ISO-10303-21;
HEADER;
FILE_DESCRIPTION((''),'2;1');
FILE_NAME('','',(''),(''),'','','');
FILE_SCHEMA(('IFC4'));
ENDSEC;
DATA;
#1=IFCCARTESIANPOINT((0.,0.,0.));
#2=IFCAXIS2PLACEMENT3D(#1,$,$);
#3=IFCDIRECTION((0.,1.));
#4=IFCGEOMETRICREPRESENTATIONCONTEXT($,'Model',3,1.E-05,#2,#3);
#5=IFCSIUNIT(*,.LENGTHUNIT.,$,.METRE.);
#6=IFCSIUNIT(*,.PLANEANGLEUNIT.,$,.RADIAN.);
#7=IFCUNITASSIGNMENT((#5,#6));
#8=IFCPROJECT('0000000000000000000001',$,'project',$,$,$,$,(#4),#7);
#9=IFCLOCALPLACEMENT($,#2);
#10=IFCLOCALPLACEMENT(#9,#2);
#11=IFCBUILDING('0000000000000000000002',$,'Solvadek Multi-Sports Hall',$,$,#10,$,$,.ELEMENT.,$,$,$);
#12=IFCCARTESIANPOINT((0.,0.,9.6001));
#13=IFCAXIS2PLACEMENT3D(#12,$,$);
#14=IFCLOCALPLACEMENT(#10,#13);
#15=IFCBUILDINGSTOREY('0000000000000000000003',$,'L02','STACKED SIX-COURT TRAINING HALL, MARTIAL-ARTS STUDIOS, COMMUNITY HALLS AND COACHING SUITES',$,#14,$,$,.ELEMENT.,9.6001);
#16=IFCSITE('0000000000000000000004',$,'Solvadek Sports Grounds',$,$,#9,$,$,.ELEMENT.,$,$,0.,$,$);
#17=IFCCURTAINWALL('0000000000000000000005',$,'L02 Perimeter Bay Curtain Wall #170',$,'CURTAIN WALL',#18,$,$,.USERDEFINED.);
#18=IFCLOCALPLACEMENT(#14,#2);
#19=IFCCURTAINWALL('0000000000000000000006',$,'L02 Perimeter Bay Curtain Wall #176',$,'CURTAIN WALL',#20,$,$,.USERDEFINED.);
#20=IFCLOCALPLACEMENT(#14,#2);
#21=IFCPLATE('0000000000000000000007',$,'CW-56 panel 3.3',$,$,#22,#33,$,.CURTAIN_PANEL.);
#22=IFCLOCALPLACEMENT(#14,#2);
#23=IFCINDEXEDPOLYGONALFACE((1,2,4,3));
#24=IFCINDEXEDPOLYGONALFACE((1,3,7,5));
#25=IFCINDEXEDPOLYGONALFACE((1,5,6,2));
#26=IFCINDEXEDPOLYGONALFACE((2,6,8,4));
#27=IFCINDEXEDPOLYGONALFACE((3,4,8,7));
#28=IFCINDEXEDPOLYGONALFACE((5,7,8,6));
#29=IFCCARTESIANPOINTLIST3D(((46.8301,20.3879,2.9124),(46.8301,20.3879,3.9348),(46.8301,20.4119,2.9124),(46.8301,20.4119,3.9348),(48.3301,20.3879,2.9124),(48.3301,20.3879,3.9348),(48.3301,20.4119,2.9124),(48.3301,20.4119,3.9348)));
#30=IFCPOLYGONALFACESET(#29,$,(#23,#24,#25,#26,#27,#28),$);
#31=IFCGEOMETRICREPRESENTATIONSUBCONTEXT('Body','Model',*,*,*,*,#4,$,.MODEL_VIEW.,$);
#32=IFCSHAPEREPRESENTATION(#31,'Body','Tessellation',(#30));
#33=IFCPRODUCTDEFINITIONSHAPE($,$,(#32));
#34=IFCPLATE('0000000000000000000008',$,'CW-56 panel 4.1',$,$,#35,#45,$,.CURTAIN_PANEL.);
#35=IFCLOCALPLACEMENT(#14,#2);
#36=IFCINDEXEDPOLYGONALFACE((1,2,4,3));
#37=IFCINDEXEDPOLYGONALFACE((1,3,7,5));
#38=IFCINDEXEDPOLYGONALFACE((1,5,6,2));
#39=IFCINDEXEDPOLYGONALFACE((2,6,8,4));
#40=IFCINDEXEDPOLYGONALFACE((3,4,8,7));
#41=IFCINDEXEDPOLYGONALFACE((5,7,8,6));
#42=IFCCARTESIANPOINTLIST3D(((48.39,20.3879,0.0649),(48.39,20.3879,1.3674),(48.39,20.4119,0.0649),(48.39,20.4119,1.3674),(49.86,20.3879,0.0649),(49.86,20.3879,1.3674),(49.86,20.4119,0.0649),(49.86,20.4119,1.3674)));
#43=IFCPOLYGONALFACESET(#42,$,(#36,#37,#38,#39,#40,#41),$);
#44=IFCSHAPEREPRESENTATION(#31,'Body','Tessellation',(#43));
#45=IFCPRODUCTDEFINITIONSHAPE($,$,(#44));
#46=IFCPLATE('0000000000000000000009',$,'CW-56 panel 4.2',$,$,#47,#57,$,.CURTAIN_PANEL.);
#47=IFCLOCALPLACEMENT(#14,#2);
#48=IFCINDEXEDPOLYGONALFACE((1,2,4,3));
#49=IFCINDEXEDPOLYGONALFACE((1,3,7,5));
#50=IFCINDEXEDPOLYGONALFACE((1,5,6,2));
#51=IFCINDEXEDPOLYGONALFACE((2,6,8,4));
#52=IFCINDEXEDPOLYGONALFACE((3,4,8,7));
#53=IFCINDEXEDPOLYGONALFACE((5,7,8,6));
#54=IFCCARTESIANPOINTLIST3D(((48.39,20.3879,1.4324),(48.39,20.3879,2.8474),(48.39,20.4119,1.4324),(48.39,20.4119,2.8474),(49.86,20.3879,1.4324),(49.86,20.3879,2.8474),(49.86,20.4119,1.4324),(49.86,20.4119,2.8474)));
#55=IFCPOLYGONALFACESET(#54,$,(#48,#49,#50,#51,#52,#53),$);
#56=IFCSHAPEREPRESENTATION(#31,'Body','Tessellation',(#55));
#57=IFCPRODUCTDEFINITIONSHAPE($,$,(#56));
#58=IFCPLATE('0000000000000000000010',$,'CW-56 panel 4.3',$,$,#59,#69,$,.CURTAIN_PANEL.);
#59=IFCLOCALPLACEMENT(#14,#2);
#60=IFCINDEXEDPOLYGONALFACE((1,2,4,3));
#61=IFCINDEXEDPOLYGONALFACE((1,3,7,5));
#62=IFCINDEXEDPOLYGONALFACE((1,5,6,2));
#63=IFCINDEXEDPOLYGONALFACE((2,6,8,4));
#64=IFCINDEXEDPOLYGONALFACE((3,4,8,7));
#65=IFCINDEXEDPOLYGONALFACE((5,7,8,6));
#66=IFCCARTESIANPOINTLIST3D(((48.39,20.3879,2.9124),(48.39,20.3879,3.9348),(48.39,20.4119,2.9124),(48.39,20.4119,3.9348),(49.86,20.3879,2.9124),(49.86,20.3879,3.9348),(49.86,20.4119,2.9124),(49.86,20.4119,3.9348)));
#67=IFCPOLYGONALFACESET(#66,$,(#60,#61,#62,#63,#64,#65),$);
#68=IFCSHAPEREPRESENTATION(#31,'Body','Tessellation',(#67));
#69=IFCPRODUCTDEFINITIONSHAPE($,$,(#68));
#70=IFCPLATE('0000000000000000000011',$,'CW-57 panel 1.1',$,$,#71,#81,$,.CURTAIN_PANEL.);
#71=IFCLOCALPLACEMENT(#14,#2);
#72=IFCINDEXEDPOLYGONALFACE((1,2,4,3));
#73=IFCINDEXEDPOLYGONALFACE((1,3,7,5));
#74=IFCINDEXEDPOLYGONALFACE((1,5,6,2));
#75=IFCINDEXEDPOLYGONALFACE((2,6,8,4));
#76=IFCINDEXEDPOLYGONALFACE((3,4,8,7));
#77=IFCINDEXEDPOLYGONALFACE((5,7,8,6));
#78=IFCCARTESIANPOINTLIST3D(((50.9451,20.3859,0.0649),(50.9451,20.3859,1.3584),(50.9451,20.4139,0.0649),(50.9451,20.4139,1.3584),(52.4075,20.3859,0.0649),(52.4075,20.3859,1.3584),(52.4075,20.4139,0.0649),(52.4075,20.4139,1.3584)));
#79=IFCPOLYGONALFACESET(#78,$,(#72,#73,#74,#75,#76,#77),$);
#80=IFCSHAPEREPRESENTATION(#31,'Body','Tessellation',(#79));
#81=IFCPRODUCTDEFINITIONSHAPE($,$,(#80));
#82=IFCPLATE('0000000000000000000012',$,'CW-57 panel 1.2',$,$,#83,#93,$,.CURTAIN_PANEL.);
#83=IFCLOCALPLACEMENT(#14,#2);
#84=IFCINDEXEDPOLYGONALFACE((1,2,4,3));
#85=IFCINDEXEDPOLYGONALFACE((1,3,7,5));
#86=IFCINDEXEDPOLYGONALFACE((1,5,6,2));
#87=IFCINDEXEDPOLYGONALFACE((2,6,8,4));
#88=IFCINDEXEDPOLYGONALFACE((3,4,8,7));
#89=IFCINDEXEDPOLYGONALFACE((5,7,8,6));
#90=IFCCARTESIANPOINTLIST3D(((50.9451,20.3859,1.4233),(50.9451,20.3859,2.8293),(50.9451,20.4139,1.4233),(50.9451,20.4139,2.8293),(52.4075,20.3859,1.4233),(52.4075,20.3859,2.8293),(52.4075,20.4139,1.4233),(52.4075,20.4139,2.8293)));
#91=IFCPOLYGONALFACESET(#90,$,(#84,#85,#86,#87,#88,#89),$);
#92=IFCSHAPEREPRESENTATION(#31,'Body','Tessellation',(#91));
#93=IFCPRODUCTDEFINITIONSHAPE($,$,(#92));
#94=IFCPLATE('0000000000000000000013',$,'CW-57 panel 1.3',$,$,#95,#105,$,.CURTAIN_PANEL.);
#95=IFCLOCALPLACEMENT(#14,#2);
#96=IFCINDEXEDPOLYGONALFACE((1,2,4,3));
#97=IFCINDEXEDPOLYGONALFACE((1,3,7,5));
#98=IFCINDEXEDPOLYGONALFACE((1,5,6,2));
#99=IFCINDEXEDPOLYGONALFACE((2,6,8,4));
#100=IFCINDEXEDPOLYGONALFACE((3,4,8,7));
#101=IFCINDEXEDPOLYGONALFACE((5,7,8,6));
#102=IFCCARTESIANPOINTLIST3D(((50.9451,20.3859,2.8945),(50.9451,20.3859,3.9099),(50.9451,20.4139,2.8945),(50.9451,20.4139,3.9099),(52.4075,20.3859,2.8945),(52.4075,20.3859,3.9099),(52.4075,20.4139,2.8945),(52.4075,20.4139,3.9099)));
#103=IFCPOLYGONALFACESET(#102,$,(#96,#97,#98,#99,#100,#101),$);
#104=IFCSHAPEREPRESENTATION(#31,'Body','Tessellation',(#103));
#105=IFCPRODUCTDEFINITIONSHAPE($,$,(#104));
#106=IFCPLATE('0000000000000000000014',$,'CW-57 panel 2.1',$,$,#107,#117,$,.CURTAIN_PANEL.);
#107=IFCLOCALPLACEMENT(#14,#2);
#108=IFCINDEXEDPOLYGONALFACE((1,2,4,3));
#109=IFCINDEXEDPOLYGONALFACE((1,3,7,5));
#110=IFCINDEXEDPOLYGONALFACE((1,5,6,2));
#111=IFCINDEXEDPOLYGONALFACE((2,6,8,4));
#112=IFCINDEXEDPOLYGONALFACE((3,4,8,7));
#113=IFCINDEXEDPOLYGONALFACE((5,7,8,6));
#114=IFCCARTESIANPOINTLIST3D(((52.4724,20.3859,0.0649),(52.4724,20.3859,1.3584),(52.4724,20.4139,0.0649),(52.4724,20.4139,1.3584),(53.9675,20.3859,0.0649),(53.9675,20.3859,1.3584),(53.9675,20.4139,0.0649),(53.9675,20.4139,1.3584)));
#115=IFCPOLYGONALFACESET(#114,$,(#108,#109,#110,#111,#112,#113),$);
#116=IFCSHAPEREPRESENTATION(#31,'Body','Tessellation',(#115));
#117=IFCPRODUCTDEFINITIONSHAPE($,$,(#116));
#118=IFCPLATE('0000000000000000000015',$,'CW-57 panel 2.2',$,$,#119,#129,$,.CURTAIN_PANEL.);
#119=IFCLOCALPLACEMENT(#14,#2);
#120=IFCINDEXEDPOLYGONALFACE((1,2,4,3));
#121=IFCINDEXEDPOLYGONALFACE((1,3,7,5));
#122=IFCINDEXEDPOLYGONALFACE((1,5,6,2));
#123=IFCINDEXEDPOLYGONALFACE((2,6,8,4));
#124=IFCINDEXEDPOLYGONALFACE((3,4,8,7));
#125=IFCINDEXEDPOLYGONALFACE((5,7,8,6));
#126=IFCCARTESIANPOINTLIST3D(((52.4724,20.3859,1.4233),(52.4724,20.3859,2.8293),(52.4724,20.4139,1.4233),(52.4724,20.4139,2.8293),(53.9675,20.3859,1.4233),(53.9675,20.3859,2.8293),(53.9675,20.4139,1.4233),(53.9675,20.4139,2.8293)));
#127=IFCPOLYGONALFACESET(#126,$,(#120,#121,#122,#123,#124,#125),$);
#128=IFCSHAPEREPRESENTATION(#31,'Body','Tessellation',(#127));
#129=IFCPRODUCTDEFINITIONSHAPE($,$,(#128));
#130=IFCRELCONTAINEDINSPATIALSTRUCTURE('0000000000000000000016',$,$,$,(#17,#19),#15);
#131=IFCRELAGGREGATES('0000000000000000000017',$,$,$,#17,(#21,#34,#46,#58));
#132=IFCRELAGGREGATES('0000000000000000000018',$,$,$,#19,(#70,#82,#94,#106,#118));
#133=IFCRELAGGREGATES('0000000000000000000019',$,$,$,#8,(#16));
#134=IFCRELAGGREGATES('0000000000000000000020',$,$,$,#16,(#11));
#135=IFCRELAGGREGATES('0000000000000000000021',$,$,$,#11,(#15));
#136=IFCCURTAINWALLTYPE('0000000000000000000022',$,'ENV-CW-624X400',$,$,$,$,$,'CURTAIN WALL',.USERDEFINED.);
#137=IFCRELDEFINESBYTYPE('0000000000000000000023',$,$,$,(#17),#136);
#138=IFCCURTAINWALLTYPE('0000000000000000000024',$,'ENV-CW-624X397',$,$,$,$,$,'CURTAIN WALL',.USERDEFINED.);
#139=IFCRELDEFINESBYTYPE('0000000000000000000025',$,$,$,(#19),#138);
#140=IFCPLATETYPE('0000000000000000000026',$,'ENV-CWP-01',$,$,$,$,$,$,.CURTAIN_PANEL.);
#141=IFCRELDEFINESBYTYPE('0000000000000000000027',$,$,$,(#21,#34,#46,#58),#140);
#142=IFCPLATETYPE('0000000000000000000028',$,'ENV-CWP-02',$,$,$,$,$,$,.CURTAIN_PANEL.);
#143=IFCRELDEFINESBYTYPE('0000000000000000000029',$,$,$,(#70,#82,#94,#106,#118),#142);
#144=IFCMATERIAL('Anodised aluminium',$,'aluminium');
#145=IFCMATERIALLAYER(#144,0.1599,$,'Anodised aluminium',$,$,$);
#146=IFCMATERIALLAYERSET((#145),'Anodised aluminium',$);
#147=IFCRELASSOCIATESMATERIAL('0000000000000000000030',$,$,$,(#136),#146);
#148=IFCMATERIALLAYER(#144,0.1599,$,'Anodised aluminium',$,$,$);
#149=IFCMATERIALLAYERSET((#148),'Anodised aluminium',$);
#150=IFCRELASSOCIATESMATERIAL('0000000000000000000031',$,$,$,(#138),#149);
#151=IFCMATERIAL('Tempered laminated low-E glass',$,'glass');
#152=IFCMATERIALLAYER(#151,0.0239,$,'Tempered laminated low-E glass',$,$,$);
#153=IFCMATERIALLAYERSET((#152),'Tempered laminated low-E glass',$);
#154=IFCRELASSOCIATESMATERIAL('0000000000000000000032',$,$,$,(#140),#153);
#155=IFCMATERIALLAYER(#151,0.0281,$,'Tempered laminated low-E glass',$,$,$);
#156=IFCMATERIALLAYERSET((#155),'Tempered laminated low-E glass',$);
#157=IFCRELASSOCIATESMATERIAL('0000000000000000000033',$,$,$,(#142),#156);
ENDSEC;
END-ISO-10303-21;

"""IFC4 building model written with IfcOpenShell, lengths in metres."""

from ifc_helpers import new_model, si_unit, direction, frame, origin, origin_2d, place, context, subcontext, project, spatial, rectangle, extrude, material, layer, layer_set, type_object, element, aggregate, save


model = new_model("IFC4")

# Units and contexts
model_context = context("Model", 3, precision=1e-05, world=origin(), true_north=direction((0.0, 1.0)))
body_context = subcontext(model_context, "Body", "Model", "MODEL_VIEW")
ifc_project = project(units=[si_unit("LENGTHUNIT", "METRE"), si_unit("PLANEANGLEUNIT", "RADIAN")], contexts=[model_context])

# Site, building, storey
site_placement = place(None, origin())
site = spatial("IfcSite", under=ifc_project, at=site_placement, Name="Solvadek Sports Grounds", CompositionType="ELEMENT", RefElevation=0.0)
building_placement = place(site_placement, origin())
building = spatial("IfcBuilding", under=site, at=building_placement, Name="Solvadek Multi-Sports Hall", CompositionType="ELEMENT")
storey_placement = place(building_placement, frame((0.0, 0.0, 9.6001)))
storey = spatial("IfcBuildingStorey", under=building, at=storey_placement, Name="L02", Description="STACKED SIX-COURT TRAINING HALL, MARTIAL-ARTS STUDIOS, COMMUNITY HALLS AND COACHING SUITES", CompositionType="ELEMENT", Elevation=9.6001)

# Curtain walls
ifc_material_1 = material(Name="Anodised aluminium", Category="aluminium")
ifc_layer_1 = layer(ifc_material_1, 0.1599, Name="Anodised aluminium")
ifc_layer_set_1 = layer_set([ifc_layer_1], Name="Anodised aluminium")
curtain_wall_type_1 = type_object("IfcCurtainWallType", Name="ENV-CW-624X400", ElementType="CURTAIN WALL", PredefinedType="USERDEFINED", material=ifc_layer_set_1)
curtain_wall_1_placement = place(storey_placement, origin())
curtain_wall_1 = element("IfcCurtainWall", 1, at=curtain_wall_1_placement, inside=storey, type_object=curtain_wall_type_1, Name="L02 Perimeter Bay Curtain Wall #170", ObjectType="CURTAIN WALL", PredefinedType="USERDEFINED")
ifc_layer_2 = layer(ifc_material_1, 0.1599, Name="Anodised aluminium")
ifc_layer_set_2 = layer_set([ifc_layer_2], Name="Anodised aluminium")
curtain_wall_type_2 = type_object("IfcCurtainWallType", Name="ENV-CW-624X397", ElementType="CURTAIN WALL", PredefinedType="USERDEFINED", material=ifc_layer_set_2)
curtain_wall_2_placement = place(storey_placement, origin())
curtain_wall_2 = element("IfcCurtainWall", 2, at=curtain_wall_2_placement, inside=storey, type_object=curtain_wall_type_2, Name="L02 Perimeter Bay Curtain Wall #176", ObjectType="CURTAIN WALL", PredefinedType="USERDEFINED")

# Plates
ifc_material_2 = material(Name="Tempered laminated low-E glass", Category="glass")
ifc_layer_3 = layer(ifc_material_2, 0.0239, Name="Tempered laminated low-E glass")
ifc_layer_set_3 = layer_set([ifc_layer_3], Name="Tempered laminated low-E glass")
plate_type_1 = type_object("IfcPlateType", Name="ENV-CWP-01", PredefinedType="CURTAIN_PANEL", material=ifc_layer_set_3)
plate_1_placement = place(storey_placement, frame((47.5801, 20.3999, 2.9124), z_axis=(0.0, 0.0, 1.0), x_axis=(1.0, 0.0, 0.0)))
plate_1 = element("IfcPlate", 3, at=plate_1_placement, type_object=plate_type_1, Name="CW-56 panel 3.3", PredefinedType="CURTAIN_PANEL", context=body_context, shape_type="SweptSolid", body=[
    extrude(rectangle(XDim=1.5, YDim=0.0239, at=origin_2d()), origin(), (0.0, 0.0, 1.0), 1.0225),
])
plate_2_placement = place(storey_placement, frame((49.125, 20.3999, 0.0649), z_axis=(0.0, 0.0, 1.0), x_axis=(1.0, 0.0, 0.0)))
plate_2 = element("IfcPlate", 4, at=plate_2_placement, type_object=plate_type_1, Name="CW-56 panel 4.1", PredefinedType="CURTAIN_PANEL", context=body_context, shape_type="SweptSolid", body=[
    extrude(rectangle(XDim=1.47, YDim=0.0239, at=origin_2d()), origin(), (0.0, 0.0, 1.0), 1.3025),
])
plate_3_placement = place(storey_placement, frame((49.125, 20.3999, 1.4324), z_axis=(0.0, 0.0, 1.0), x_axis=(1.0, 0.0, 0.0)))
plate_3 = element("IfcPlate", 5, at=plate_3_placement, type_object=plate_type_1, Name="CW-56 panel 4.2", PredefinedType="CURTAIN_PANEL", context=body_context, shape_type="SweptSolid", body=[
    extrude(rectangle(XDim=1.47, YDim=0.0239, at=origin_2d()), origin(), (0.0, 0.0, 1.0), 1.415),
])
plate_4_placement = place(storey_placement, frame((49.125, 20.3999, 2.9124), z_axis=(0.0, 0.0, 1.0), x_axis=(1.0, 0.0, 0.0)))
plate_4 = element("IfcPlate", 6, at=plate_4_placement, type_object=plate_type_1, Name="CW-56 panel 4.3", PredefinedType="CURTAIN_PANEL", context=body_context, shape_type="SweptSolid", body=[
    extrude(rectangle(XDim=1.47, YDim=0.0239, at=origin_2d()), origin(), (0.0, 0.0, 1.0), 1.0225),
])
aggregate(curtain_wall_1, [plate_1, plate_2, plate_3, plate_4])
ifc_layer_4 = layer(ifc_material_2, 0.0281, Name="Tempered laminated low-E glass")
ifc_layer_set_4 = layer_set([ifc_layer_4], Name="Tempered laminated low-E glass")
plate_type_2 = type_object("IfcPlateType", Name="ENV-CWP-02", PredefinedType="CURTAIN_PANEL", material=ifc_layer_set_4)
plate_5_placement = place(storey_placement, frame((51.6763, 20.3999, 0.0649), z_axis=(0.0, 0.0, 1.0), x_axis=(1.0, 0.0, 0.0)))
plate_5 = element("IfcPlate", 7, at=plate_5_placement, type_object=plate_type_2, Name="CW-57 panel 1.1", PredefinedType="CURTAIN_PANEL", context=body_context, shape_type="SweptSolid", body=[
    extrude(rectangle(XDim=1.4624, YDim=0.0281, at=origin_2d()), origin(), (0.0, 0.0, 1.0), 1.2935),
])
plate_6_placement = place(storey_placement, frame((51.6763, 20.3999, 1.4233), z_axis=(0.0, 0.0, 1.0), x_axis=(1.0, 0.0, 0.0)))
plate_6 = element("IfcPlate", 8, at=plate_6_placement, type_object=plate_type_2, Name="CW-57 panel 1.2", PredefinedType="CURTAIN_PANEL", context=body_context, shape_type="SweptSolid", body=[
    extrude(rectangle(XDim=1.4624, YDim=0.0281, at=origin_2d()), origin(), (0.0, 0.0, 1.0), 1.406),
])
plate_7_placement = place(storey_placement, frame((51.6763, 20.3999, 2.8945), z_axis=(0.0, 0.0, 1.0), x_axis=(1.0, 0.0, 0.0)))
plate_7 = element("IfcPlate", 9, at=plate_7_placement, type_object=plate_type_2, Name="CW-57 panel 1.3", PredefinedType="CURTAIN_PANEL", context=body_context, shape_type="SweptSolid", body=[
    extrude(rectangle(XDim=1.4624, YDim=0.0281, at=origin_2d()), origin(), (0.0, 0.0, 1.0), 1.0154),
])
plate_8_placement = place(storey_placement, frame((53.22, 20.3999, 0.0649), z_axis=(0.0, 0.0, 1.0), x_axis=(1.0, 0.0, 0.0)))
plate_8 = element("IfcPlate", 10, at=plate_8_placement, type_object=plate_type_2, Name="CW-57 panel 2.1", PredefinedType="CURTAIN_PANEL", context=body_context, shape_type="SweptSolid", body=[
    extrude(rectangle(XDim=1.4951, YDim=0.0281, at=origin_2d()), origin(), (0.0, 0.0, 1.0), 1.2935),
])
plate_9_placement = place(storey_placement, frame((53.22, 20.3999, 1.4233), z_axis=(0.0, 0.0, 1.0), x_axis=(1.0, 0.0, 0.0)))
plate_9 = element("IfcPlate", 11, at=plate_9_placement, type_object=plate_type_2, Name="CW-57 panel 2.2", PredefinedType="CURTAIN_PANEL", context=body_context, shape_type="SweptSolid", body=[
    extrude(rectangle(XDim=1.4951, YDim=0.0281, at=origin_2d()), origin(), (0.0, 0.0, 1.0), 1.406),
])
aggregate(curtain_wall_2, [plate_5, plate_6, plate_7, plate_8, plate_9])

save(model, "model.ifc")
